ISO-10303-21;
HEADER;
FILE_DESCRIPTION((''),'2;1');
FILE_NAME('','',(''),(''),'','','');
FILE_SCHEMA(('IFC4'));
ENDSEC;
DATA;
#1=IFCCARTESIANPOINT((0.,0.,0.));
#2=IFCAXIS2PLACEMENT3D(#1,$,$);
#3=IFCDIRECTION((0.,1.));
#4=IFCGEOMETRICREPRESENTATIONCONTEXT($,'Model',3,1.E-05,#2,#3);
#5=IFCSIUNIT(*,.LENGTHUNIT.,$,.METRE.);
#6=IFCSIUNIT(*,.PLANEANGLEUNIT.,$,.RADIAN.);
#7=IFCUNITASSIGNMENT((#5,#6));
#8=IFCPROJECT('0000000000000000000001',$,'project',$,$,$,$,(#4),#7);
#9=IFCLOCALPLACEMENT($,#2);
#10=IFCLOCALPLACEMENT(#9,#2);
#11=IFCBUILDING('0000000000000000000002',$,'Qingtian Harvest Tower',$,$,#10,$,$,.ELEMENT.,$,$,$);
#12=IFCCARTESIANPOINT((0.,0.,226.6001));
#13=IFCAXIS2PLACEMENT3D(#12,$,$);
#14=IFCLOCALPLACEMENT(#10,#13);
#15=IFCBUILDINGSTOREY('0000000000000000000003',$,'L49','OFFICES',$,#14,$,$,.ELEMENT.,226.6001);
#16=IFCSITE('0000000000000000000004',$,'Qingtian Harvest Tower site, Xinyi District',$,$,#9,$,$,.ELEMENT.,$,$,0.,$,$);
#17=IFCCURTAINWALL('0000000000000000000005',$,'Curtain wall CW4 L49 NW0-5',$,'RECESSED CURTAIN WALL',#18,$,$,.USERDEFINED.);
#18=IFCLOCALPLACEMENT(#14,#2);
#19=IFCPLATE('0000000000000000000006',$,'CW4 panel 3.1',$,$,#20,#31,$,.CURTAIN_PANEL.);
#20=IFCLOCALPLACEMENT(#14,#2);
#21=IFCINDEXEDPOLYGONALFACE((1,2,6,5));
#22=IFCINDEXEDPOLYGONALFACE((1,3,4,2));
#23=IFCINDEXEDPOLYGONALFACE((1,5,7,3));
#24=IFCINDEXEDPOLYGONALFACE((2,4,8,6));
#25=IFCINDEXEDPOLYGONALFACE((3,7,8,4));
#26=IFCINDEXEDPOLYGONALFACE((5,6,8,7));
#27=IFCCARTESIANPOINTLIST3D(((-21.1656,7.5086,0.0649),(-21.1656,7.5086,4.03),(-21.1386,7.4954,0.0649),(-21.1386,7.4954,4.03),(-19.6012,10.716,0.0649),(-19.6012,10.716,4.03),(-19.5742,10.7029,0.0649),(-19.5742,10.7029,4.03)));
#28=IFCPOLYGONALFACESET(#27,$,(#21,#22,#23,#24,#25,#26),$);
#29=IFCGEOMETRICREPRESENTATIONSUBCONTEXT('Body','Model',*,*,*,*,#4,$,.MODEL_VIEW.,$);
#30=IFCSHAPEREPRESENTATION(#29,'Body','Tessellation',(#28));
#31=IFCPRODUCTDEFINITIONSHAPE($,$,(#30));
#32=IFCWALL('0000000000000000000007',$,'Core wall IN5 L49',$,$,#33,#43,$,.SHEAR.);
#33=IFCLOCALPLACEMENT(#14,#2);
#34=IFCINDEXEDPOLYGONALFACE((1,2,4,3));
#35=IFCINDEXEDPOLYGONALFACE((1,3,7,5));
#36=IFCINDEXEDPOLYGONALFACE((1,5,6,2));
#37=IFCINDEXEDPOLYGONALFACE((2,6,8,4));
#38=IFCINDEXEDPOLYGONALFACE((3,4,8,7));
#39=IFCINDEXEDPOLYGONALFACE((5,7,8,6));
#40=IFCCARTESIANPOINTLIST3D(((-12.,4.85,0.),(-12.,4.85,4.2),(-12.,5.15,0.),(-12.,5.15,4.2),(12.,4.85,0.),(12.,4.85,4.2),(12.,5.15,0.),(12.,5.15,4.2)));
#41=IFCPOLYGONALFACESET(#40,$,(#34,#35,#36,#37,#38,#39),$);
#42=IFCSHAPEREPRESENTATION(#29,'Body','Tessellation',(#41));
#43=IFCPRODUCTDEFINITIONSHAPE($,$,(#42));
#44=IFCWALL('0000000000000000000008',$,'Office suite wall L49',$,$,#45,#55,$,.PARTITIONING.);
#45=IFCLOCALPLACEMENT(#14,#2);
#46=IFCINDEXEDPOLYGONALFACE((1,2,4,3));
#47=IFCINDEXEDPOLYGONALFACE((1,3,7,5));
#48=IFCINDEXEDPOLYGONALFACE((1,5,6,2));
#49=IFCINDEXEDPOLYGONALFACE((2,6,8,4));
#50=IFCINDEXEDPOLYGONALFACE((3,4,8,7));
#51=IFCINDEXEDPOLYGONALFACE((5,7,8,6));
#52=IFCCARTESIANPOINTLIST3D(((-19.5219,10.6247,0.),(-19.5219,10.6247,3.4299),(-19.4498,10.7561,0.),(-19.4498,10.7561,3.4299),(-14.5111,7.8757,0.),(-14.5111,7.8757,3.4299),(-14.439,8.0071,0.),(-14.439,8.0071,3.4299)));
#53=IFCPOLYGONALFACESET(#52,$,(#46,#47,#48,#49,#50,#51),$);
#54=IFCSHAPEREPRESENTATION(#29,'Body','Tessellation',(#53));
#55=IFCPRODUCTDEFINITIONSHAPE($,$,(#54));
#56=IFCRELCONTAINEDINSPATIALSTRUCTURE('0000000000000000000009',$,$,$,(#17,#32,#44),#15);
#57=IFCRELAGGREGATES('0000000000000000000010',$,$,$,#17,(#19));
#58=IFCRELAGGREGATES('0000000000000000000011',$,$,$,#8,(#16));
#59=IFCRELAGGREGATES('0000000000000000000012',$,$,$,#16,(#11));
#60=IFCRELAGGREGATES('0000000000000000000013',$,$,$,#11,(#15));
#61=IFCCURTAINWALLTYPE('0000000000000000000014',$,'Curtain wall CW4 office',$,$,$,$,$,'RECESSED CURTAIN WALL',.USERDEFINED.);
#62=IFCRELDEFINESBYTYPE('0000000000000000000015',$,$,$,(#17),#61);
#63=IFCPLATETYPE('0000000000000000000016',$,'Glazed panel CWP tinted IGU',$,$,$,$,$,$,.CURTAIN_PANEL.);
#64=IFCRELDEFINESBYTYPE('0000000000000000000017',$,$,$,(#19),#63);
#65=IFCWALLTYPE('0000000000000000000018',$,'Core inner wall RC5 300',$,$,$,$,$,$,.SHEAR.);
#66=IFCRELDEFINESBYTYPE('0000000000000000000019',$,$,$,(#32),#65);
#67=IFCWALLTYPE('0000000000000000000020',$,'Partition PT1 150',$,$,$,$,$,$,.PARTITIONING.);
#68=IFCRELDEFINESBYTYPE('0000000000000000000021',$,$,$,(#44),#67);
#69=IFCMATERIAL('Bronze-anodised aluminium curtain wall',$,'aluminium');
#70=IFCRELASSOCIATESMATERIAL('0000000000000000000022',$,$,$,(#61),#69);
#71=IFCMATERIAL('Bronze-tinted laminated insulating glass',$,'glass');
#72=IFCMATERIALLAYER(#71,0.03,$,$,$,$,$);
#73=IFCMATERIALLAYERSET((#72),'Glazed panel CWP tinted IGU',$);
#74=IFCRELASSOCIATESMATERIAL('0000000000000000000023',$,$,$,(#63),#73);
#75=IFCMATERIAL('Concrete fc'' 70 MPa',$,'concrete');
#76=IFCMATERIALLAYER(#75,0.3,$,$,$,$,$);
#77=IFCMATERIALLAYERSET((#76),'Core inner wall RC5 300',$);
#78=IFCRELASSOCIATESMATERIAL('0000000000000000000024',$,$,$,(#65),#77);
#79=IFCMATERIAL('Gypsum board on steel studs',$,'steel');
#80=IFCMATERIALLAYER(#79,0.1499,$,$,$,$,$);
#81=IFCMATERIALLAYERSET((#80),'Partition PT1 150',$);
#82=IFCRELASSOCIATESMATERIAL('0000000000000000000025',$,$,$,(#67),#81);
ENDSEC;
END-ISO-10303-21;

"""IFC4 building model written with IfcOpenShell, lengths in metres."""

from ifc_helpers import new_model, si_unit, direction, frame, frame_2d, origin, origin_2d, place, context, subcontext, project, spatial, rectangle, extrude, material, layer, layer_set, type_object, element, aggregate, save


model = new_model("IFC4")

# Units and contexts
model_context = context("Model", 3, precision=1e-05, world=origin(), true_north=direction((0.0, 1.0)))
body_context = subcontext(model_context, "Body", "Model", "MODEL_VIEW")
ifc_project = project(units=[si_unit("LENGTHUNIT", "METRE"), si_unit("PLANEANGLEUNIT", "RADIAN")], contexts=[model_context])

# Site, building, storey
site_placement = place(None, origin())
site = spatial("IfcSite", under=ifc_project, at=site_placement, Name="Qingtian Harvest Tower site, Xinyi District", CompositionType="ELEMENT", RefElevation=0.0)
building_placement = place(site_placement, origin())
building = spatial("IfcBuilding", under=site, at=building_placement, Name="Qingtian Harvest Tower", CompositionType="ELEMENT")
storey_placement = place(building_placement, frame((0.0, 0.0, 226.6001)))
storey = spatial("IfcBuildingStorey", under=building, at=storey_placement, Name="L49", Description="OFFICES", CompositionType="ELEMENT", Elevation=226.6001)

# Curtain wall
ifc_material_1 = material(Name="Bronze-anodised aluminium curtain wall", Category="aluminium")
curtain_wall_type = type_object("IfcCurtainWallType", Name="Curtain wall CW4 office", ElementType="RECESSED CURTAIN WALL", PredefinedType="USERDEFINED", material=ifc_material_1)
curtain_wall_placement = place(storey_placement, origin())
curtain_wall = element("IfcCurtainWall", 1, at=curtain_wall_placement, inside=storey, type_object=curtain_wall_type, Name="Curtain wall CW4 L49 NW0-5", ObjectType="RECESSED CURTAIN WALL", PredefinedType="USERDEFINED")

# Plate
ifc_material_2 = material(Name="Bronze-tinted laminated insulating glass", Category="glass")
ifc_layer_1 = layer(ifc_material_2, 0.03)
ifc_layer_set_1 = layer_set([ifc_layer_1], Name="Glazed panel CWP tinted IGU")
plate_type = type_object("IfcPlateType", Name="Glazed panel CWP tinted IGU", PredefinedType="CURTAIN_PANEL", material=ifc_layer_set_1)
plate_1_placement = place(storey_placement, frame((-20.3699, 9.1057, 0.0649), z_axis=(0.0, 0.0, 1.0), x_axis=(0.438371, 0.898794, 0.0)))
plate_1 = element("IfcPlate", 2, at=plate_1_placement, type_object=plate_type, Name="CW4 panel 3.1", PredefinedType="CURTAIN_PANEL", context=body_context, shape_type="SweptSolid", body=[
    extrude(rectangle(XDim=3.5686, YDim=0.03, at=origin_2d()), origin(), (0.0, 0.0, 1.0), 3.9651),
])
aggregate(curtain_wall, [plate_1])

# Wall
ifc_material_3 = material(Name="Concrete fc' 70 MPa", Category="concrete")
ifc_layer_2 = layer(ifc_material_3, 0.3)
ifc_layer_set_2 = layer_set([ifc_layer_2], Name="Core inner wall RC5 300")
wall_type_1 = type_object("IfcWallType", Name="Core inner wall RC5 300", PredefinedType="SHEAR", material=ifc_layer_set_2)
wall_1_placement = place(storey_placement, frame((-12.0, 5.0, 0.0), z_axis=(0.0, 0.0, 1.0), x_axis=(1.0, 0.0, 0.0)))
element("IfcWall", 3, at=wall_1_placement, inside=storey, type_object=wall_type_1, Name="Core wall IN5 L49", PredefinedType="SHEAR", context=body_context, shape_type="SweptSolid", body=[
    extrude(rectangle(XDim=24.0, YDim=0.3, at=frame_2d((12.0, 0.0))), origin(), (0.0, 0.0, 1.0), 4.2),
])

# Wall
ifc_material_4 = material(Name="Gypsum board on steel studs", Category="steel")
ifc_layer_3 = layer(ifc_material_4, 0.1499)
ifc_layer_set_3 = layer_set([ifc_layer_3], Name="Partition PT1 150")
wall_type_2 = type_object("IfcWallType", Name="Partition PT1 150", PredefinedType="PARTITIONING", material=ifc_layer_set_3)
wall_2_placement = place(storey_placement, frame((-19.4858, 10.6904, 0.0), z_axis=(0.0, 0.0, 1.0), x_axis=(0.876724, -0.480994, 0.0)))
element("IfcWall", 4, at=wall_2_placement, inside=storey, type_object=wall_type_2, Name="Office suite wall L49", PredefinedType="PARTITIONING", context=body_context, shape_type="SweptSolid", body=[
    extrude(rectangle(XDim=5.7153, YDim=0.1499, at=frame_2d((2.8577, 0.0))), origin(), (0.0, 0.0, 1.0), 3.4299),
])

save(model, "model.ifc")
